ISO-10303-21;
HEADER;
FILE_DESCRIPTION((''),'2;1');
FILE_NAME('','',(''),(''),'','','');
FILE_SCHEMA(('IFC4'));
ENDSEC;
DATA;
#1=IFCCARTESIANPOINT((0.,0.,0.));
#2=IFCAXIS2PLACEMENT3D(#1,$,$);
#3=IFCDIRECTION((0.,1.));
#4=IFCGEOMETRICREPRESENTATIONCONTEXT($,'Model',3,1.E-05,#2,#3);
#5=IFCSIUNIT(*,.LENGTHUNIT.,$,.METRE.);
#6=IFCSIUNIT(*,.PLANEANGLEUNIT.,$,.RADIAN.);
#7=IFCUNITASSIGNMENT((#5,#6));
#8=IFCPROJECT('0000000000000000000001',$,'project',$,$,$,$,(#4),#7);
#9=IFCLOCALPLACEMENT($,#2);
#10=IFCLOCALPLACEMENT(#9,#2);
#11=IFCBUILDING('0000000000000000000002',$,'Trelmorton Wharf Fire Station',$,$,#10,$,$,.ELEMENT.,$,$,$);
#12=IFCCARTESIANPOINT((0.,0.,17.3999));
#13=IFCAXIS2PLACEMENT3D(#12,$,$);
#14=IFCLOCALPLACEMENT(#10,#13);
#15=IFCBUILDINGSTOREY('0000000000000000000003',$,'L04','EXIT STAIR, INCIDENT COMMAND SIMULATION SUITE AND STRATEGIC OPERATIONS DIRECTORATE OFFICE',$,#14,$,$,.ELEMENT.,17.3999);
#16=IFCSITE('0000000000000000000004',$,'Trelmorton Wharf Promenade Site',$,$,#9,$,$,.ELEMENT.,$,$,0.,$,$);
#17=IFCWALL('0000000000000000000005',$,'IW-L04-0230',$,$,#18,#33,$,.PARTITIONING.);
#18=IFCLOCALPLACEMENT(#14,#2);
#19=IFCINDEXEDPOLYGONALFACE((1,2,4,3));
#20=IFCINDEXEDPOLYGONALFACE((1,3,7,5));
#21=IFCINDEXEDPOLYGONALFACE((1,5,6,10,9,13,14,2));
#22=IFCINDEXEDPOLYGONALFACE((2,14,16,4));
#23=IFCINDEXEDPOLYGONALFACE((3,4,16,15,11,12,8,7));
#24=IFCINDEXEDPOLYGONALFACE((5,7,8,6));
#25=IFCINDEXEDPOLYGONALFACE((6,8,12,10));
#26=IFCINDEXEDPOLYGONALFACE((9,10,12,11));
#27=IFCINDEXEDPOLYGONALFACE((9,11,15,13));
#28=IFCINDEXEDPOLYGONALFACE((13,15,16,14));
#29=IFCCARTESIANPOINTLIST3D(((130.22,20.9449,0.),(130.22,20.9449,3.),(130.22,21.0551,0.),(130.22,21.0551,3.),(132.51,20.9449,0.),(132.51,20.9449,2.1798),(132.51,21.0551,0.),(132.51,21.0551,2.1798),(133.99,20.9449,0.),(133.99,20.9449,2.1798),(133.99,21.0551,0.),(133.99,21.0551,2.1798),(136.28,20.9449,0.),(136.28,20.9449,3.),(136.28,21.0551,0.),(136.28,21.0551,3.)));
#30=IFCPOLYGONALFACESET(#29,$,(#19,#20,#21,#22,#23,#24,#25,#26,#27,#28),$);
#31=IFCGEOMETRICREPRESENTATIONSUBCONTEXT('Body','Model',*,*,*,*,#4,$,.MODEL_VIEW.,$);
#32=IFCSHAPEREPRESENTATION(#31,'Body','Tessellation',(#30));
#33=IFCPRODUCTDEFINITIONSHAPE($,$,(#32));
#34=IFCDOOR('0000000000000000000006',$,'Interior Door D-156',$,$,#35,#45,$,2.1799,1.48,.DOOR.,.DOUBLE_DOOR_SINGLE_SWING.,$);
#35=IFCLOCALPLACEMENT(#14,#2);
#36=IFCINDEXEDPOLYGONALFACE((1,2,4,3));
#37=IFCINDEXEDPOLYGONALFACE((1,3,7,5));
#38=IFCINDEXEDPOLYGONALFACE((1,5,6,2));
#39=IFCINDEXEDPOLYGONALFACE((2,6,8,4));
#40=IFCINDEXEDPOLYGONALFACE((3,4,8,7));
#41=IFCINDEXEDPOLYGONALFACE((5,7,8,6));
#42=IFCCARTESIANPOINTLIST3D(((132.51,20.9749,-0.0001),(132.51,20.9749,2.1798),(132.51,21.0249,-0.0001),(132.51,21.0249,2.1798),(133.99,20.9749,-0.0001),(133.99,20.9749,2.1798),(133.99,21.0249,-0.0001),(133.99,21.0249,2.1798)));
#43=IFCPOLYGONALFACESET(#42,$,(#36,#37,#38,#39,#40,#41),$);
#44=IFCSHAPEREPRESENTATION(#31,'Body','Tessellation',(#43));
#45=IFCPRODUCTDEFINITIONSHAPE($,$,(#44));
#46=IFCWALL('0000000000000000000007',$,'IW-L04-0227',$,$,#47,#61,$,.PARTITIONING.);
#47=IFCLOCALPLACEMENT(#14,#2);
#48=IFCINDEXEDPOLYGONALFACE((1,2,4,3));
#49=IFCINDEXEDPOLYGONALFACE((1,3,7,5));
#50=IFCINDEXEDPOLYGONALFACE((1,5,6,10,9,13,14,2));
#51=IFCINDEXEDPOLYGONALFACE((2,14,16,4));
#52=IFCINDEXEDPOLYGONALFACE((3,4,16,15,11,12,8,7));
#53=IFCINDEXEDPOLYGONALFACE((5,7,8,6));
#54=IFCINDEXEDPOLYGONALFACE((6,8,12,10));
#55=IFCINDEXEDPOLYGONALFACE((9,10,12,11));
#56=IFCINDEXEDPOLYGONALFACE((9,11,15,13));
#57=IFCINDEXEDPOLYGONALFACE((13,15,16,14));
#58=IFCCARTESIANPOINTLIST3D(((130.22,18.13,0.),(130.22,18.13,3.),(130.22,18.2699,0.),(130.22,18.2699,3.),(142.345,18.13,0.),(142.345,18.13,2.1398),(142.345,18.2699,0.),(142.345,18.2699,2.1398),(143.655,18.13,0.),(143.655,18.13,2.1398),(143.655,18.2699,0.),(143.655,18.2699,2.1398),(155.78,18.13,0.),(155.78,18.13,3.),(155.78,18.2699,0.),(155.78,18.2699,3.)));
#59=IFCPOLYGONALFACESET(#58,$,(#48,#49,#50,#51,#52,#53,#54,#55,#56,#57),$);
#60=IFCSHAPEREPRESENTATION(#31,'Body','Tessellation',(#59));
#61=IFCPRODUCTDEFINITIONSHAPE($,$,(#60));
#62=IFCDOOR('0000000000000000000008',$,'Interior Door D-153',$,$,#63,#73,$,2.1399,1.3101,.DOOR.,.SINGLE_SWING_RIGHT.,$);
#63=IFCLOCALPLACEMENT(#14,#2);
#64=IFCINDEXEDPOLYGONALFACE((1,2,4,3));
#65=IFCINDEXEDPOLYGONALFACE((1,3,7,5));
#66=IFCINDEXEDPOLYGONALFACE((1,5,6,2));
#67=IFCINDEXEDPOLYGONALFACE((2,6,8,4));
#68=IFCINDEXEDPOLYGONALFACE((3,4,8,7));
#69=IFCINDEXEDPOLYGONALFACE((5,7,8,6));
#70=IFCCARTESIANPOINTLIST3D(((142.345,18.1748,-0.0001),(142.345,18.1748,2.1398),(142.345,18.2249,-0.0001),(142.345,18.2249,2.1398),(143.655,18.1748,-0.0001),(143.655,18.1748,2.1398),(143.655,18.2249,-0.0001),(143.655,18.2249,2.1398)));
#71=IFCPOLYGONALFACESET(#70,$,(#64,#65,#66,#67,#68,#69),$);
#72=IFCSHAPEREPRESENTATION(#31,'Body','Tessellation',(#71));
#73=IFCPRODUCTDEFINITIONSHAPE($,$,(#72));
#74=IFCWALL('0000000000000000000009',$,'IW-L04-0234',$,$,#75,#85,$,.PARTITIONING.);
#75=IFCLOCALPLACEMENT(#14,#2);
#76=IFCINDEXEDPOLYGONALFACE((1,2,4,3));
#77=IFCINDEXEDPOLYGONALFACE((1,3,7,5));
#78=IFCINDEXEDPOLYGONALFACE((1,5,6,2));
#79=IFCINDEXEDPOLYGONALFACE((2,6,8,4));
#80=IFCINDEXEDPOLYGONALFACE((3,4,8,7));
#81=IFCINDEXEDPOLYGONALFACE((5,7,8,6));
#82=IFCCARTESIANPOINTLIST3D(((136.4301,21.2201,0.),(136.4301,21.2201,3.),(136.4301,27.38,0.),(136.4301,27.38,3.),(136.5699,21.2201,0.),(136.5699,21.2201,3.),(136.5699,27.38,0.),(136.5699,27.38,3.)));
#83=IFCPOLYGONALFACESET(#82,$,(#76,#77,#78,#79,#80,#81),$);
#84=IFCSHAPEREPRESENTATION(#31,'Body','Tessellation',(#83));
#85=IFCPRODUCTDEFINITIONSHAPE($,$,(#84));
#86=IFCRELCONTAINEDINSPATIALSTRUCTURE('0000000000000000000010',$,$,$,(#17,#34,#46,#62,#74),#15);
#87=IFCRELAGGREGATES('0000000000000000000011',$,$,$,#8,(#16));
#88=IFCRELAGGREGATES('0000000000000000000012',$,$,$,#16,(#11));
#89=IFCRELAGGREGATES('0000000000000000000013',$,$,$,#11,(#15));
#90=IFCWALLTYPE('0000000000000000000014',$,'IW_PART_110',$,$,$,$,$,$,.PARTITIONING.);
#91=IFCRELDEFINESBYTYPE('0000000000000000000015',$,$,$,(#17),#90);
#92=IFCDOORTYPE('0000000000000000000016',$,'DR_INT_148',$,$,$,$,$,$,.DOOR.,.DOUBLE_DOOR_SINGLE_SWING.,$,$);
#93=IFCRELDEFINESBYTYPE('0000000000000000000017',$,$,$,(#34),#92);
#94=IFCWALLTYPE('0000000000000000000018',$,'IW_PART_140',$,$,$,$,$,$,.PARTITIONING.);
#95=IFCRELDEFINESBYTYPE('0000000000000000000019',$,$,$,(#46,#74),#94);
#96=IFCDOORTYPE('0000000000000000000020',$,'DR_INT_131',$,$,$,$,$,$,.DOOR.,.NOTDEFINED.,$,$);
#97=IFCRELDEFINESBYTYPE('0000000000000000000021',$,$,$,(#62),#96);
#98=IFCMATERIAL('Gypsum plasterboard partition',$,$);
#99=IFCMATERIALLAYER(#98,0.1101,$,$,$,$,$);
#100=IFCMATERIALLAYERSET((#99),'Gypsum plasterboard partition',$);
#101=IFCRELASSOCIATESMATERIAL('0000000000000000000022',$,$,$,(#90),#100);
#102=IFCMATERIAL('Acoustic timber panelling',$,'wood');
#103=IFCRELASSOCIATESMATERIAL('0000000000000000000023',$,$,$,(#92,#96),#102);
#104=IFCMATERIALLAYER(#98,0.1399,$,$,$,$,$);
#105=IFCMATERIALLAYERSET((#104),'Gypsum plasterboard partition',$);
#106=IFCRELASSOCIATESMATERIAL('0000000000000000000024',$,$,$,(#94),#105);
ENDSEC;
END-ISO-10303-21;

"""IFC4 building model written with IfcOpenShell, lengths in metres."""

from ifc_helpers import new_model, si_unit, direction, frame, frame_2d, origin, place, context, subcontext, project, spatial, rectangle, extrude, material, layer, layer_set, type_object, element, fill, save


model = new_model("IFC4")

# Units and contexts
model_context = context("Model", 3, precision=1e-05, world=origin(), true_north=direction((0.0, 1.0)))
body_context = subcontext(model_context, "Body", "Model", "MODEL_VIEW")
ifc_project = project(units=[si_unit("LENGTHUNIT", "METRE"), si_unit("PLANEANGLEUNIT", "RADIAN")], contexts=[model_context])

# Site, building, storey
site_placement = place(None, origin())
site = spatial("IfcSite", under=ifc_project, at=site_placement, Name="Trelmorton Wharf Promenade Site", CompositionType="ELEMENT", RefElevation=0.0)
building_placement = place(site_placement, origin())
building = spatial("IfcBuilding", under=site, at=building_placement, Name="Trelmorton Wharf Fire Station", CompositionType="ELEMENT")
storey_placement = place(building_placement, frame((0.0, 0.0, 17.3999)))
storey = spatial("IfcBuildingStorey", under=building, at=storey_placement, Name="L04", Description="EXIT STAIR, INCIDENT COMMAND SIMULATION SUITE AND STRATEGIC OPERATIONS DIRECTORATE OFFICE", CompositionType="ELEMENT", Elevation=17.3999)

# Shared definitions
ifc_material_1 = material(Name="Acoustic timber panelling", Category="wood")

# Walls, openings, doors
ifc_material_2 = material(Name="Gypsum plasterboard partition")
ifc_layer_1 = layer(ifc_material_2, 0.1101)
ifc_layer_set_1 = layer_set([ifc_layer_1], Name="Gypsum plasterboard partition")
wall_type_1 = type_object("IfcWallType", Name="IW_PART_110", PredefinedType="PARTITIONING", material=ifc_layer_set_1)
wall_1_placement = place(storey_placement, frame((130.22, 21.0, 0.0), z_axis=(0.0, 0.0, 1.0), x_axis=(1.0, 0.0, 0.0)))
wall_1 = element("IfcWall", 1, at=wall_1_placement, inside=storey, type_object=wall_type_1, Name="IW-L04-0230", PredefinedType="PARTITIONING", context=body_context, shape_type="SweptSolid", body=[
    extrude(rectangle(XDim=6.0601, YDim=0.1101, at=frame_2d((3.03, 0.0))), origin(), (0.0, 0.0, 1.0), 3.0),
])
opening_1_placement = place(wall_1_placement, frame((2.29, 0.0, 0.0)))
opening_1 = element("IfcOpeningElement", 2, at=opening_1_placement, cuts=wall_1, PredefinedType="OPENING", context=body_context, shape_type="SweptSolid", body=[
    extrude(rectangle(XDim=1.48, YDim=2.1799, at=frame_2d((0.74, 1.0898))), frame((0.0, 0.0649, 0.0), z_axis=(0.0, -1.0, 0.0), x_axis=(1.0, 0.0, 0.0)), (0.0, 0.0, 1.0), 0.1301),
])
door_type_1 = type_object("IfcDoorType", Name="DR_INT_148", OperationType="DOUBLE_DOOR_SINGLE_SWING", PredefinedType="DOOR", material=ifc_material_1)
door_1_placement = place(opening_1_placement, origin())
door_1 = element("IfcDoor", 3, at=door_1_placement, inside=storey, type_object=door_type_1, Name="Interior Door D-156", OperationType="DOUBLE_DOOR_SINGLE_SWING", OverallHeight=2.1799, OverallWidth=1.48, PredefinedType="DOOR", context=body_context, shape_type="SweptSolid", body=[
    extrude(rectangle(XDim=1.48, YDim=2.1799, at=frame_2d((0.74, 1.0898))), frame((0.0, 0.0249, 0.0), z_axis=(0.0, -1.0, 0.0), x_axis=(1.0, 0.0, 0.0)), (0.0, 0.0, 1.0), 0.05),
])
fill(opening_1, door_1)
ifc_layer_2 = layer(ifc_material_2, 0.1399)
ifc_layer_set_2 = layer_set([ifc_layer_2], Name="Gypsum plasterboard partition")
wall_type_2 = type_object("IfcWallType", Name="IW_PART_140", PredefinedType="PARTITIONING", material=ifc_layer_set_2)
wall_2_placement = place(storey_placement, frame((130.22, 18.2, 0.0), z_axis=(0.0, 0.0, 1.0), x_axis=(1.0, 0.0, 0.0)))
wall_2 = element("IfcWall", 4, at=wall_2_placement, inside=storey, type_object=wall_type_2, Name="IW-L04-0227", PredefinedType="PARTITIONING", context=body_context, shape_type="SweptSolid", body=[
    extrude(rectangle(XDim=25.5601, YDim=0.1399, at=frame_2d((12.78, 0.0))), origin(), (0.0, 0.0, 1.0), 3.0),
])
opening_2_placement = place(wall_2_placement, frame((12.125, 0.0, 0.0)))
opening_2 = element("IfcOpeningElement", 5, at=opening_2_placement, cuts=wall_2, PredefinedType="OPENING", context=body_context, shape_type="SweptSolid", body=[
    extrude(rectangle(XDim=1.3101, YDim=2.1399, at=frame_2d((0.655, 1.0698))), frame((0.0, 0.0801, 0.0), z_axis=(0.0, -1.0, 0.0), x_axis=(1.0, 0.0, 0.0)), (0.0, 0.0, 1.0), 0.1599),
])
door_type_2 = type_object("IfcDoorType", Name="DR_INT_131", OperationType="NOTDEFINED", PredefinedType="DOOR", material=ifc_material_1)
door_2_placement = place(opening_2_placement, origin())
door_2 = element("IfcDoor", 6, at=door_2_placement, inside=storey, type_object=door_type_2, Name="Interior Door D-153", OperationType="SINGLE_SWING_RIGHT", OverallHeight=2.1399, OverallWidth=1.3101, PredefinedType="DOOR", context=body_context, shape_type="SweptSolid", body=[
    extrude(rectangle(XDim=1.3101, YDim=2.1399, at=frame_2d((0.655, 1.0698))), frame((0.0, 0.0249, 0.0), z_axis=(0.0, -1.0, 0.0), x_axis=(1.0, 0.0, 0.0)), (0.0, 0.0, 1.0), 0.05),
])
fill(opening_2, door_2)

# Wall
wall_3_placement = place(storey_placement, frame((136.5, 21.22, 0.0), z_axis=(0.0, 0.0, 1.0), x_axis=(0.0, 1.0, 0.0)))
element("IfcWall", 7, at=wall_3_placement, inside=storey, type_object=wall_type_2, Name="IW-L04-0234", PredefinedType="PARTITIONING", context=body_context, shape_type="SweptSolid", body=[
    extrude(rectangle(XDim=6.1599, YDim=0.1399, at=frame_2d((3.0801, 0.0))), origin(), (0.0, 0.0, 1.0), 3.0),
])

save(model, "model.ifc")
